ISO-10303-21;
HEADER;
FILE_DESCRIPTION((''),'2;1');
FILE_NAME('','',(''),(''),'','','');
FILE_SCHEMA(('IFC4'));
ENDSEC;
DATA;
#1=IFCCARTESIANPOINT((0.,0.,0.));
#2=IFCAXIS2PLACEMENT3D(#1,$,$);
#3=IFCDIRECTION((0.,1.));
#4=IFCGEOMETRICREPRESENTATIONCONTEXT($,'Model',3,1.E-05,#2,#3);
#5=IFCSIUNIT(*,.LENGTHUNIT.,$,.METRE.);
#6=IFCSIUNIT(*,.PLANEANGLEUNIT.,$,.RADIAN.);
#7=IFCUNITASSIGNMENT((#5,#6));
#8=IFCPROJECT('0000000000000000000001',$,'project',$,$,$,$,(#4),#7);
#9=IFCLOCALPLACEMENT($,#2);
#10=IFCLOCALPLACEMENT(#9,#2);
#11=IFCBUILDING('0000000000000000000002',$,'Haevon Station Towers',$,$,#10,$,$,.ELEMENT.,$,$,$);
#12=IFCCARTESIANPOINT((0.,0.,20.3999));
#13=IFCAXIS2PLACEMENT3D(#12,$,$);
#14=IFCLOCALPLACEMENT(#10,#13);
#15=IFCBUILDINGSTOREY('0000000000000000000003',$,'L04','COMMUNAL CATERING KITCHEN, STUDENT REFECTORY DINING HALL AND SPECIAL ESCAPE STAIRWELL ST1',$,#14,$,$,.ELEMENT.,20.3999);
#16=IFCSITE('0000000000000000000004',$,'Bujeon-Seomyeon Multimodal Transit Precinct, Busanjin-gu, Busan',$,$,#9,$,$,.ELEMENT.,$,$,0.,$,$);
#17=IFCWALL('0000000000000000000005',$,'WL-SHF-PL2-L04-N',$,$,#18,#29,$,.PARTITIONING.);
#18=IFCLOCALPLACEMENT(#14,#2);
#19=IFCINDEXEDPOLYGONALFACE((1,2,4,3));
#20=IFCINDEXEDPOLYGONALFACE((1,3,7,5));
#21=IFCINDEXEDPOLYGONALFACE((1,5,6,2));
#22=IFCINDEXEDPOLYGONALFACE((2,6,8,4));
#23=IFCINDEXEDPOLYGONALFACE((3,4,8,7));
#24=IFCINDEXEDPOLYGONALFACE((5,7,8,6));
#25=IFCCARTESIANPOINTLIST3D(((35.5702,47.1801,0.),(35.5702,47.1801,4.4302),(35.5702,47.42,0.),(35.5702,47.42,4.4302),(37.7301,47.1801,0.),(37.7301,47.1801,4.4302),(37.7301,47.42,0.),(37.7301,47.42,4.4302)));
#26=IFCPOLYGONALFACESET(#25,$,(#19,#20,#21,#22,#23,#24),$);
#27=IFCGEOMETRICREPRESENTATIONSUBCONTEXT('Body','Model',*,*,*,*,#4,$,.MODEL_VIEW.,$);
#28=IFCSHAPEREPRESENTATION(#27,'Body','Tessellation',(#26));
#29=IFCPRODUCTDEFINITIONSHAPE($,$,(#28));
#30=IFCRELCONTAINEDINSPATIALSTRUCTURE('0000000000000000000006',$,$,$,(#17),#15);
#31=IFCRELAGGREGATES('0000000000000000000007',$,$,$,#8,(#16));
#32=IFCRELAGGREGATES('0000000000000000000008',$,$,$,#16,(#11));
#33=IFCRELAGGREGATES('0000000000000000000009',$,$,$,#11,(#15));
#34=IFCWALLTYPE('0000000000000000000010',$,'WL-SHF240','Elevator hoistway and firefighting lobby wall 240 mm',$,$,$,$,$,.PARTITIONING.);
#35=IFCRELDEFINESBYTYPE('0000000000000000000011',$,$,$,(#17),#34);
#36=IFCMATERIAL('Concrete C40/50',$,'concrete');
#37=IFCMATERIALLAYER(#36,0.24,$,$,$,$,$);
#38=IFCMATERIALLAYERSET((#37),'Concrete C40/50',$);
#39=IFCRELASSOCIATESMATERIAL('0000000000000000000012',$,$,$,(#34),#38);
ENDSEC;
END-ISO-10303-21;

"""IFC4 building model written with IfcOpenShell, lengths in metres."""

from ifc_helpers import new_model, si_unit, direction, frame, frame_2d, origin, place, context, subcontext, project, spatial, rectangle, extrude, material, layer, layer_set, type_object, element, save


model = new_model("IFC4")

# Units and contexts
model_context = context("Model", 3, precision=1e-05, world=origin(), true_north=direction((0.0, 1.0)))
body_context = subcontext(model_context, "Body", "Model", "MODEL_VIEW")
ifc_project = project(units=[si_unit("LENGTHUNIT", "METRE"), si_unit("PLANEANGLEUNIT", "RADIAN")], contexts=[model_context])

# Site, building, storey
site_placement = place(None, origin())
site = spatial("IfcSite", under=ifc_project, at=site_placement, Name="Bujeon-Seomyeon Multimodal Transit Precinct, Busanjin-gu, Busan", CompositionType="ELEMENT", RefElevation=0.0)
building_placement = place(site_placement, origin())
building = spatial("IfcBuilding", under=site, at=building_placement, Name="Haevon Station Towers", CompositionType="ELEMENT")
storey_placement = place(building_placement, frame((0.0, 0.0, 20.3999)))
storey = spatial("IfcBuildingStorey", under=building, at=storey_placement, Name="L04", Description="COMMUNAL CATERING KITCHEN, STUDENT REFECTORY DINING HALL AND SPECIAL ESCAPE STAIRWELL ST1", CompositionType="ELEMENT", Elevation=20.3999)

# Shared definitions
ifc_material_1 = material(Name="Concrete C40/50", Category="concrete")
ifc_layer = layer(ifc_material_1, 0.24)
ifc_layer_set = layer_set([ifc_layer], Name="Concrete C40/50")
wall_type = type_object("IfcWallType", Name="WL-SHF240", Description="Elevator hoistway and firefighting lobby wall 240 mm", PredefinedType="PARTITIONING", material=ifc_layer_set)

# Wall
wall_1_placement = place(storey_placement, frame((35.5701, 47.3, 0.0), z_axis=(0.0, 0.0, 1.0), x_axis=(1.0, 0.0, 0.0)))
element("IfcWall", 1, at=wall_1_placement, inside=storey, type_object=wall_type, Name="WL-SHF-PL2-L04-N", PredefinedType="PARTITIONING", context=body_context, shape_type="SweptSolid", body=[
    extrude(rectangle(XDim=2.1599, YDim=0.24, at=frame_2d((1.0801, 0.0))), origin(), (0.0, 0.0, 1.0), 4.4302),
])

save(model, "model.ifc")
